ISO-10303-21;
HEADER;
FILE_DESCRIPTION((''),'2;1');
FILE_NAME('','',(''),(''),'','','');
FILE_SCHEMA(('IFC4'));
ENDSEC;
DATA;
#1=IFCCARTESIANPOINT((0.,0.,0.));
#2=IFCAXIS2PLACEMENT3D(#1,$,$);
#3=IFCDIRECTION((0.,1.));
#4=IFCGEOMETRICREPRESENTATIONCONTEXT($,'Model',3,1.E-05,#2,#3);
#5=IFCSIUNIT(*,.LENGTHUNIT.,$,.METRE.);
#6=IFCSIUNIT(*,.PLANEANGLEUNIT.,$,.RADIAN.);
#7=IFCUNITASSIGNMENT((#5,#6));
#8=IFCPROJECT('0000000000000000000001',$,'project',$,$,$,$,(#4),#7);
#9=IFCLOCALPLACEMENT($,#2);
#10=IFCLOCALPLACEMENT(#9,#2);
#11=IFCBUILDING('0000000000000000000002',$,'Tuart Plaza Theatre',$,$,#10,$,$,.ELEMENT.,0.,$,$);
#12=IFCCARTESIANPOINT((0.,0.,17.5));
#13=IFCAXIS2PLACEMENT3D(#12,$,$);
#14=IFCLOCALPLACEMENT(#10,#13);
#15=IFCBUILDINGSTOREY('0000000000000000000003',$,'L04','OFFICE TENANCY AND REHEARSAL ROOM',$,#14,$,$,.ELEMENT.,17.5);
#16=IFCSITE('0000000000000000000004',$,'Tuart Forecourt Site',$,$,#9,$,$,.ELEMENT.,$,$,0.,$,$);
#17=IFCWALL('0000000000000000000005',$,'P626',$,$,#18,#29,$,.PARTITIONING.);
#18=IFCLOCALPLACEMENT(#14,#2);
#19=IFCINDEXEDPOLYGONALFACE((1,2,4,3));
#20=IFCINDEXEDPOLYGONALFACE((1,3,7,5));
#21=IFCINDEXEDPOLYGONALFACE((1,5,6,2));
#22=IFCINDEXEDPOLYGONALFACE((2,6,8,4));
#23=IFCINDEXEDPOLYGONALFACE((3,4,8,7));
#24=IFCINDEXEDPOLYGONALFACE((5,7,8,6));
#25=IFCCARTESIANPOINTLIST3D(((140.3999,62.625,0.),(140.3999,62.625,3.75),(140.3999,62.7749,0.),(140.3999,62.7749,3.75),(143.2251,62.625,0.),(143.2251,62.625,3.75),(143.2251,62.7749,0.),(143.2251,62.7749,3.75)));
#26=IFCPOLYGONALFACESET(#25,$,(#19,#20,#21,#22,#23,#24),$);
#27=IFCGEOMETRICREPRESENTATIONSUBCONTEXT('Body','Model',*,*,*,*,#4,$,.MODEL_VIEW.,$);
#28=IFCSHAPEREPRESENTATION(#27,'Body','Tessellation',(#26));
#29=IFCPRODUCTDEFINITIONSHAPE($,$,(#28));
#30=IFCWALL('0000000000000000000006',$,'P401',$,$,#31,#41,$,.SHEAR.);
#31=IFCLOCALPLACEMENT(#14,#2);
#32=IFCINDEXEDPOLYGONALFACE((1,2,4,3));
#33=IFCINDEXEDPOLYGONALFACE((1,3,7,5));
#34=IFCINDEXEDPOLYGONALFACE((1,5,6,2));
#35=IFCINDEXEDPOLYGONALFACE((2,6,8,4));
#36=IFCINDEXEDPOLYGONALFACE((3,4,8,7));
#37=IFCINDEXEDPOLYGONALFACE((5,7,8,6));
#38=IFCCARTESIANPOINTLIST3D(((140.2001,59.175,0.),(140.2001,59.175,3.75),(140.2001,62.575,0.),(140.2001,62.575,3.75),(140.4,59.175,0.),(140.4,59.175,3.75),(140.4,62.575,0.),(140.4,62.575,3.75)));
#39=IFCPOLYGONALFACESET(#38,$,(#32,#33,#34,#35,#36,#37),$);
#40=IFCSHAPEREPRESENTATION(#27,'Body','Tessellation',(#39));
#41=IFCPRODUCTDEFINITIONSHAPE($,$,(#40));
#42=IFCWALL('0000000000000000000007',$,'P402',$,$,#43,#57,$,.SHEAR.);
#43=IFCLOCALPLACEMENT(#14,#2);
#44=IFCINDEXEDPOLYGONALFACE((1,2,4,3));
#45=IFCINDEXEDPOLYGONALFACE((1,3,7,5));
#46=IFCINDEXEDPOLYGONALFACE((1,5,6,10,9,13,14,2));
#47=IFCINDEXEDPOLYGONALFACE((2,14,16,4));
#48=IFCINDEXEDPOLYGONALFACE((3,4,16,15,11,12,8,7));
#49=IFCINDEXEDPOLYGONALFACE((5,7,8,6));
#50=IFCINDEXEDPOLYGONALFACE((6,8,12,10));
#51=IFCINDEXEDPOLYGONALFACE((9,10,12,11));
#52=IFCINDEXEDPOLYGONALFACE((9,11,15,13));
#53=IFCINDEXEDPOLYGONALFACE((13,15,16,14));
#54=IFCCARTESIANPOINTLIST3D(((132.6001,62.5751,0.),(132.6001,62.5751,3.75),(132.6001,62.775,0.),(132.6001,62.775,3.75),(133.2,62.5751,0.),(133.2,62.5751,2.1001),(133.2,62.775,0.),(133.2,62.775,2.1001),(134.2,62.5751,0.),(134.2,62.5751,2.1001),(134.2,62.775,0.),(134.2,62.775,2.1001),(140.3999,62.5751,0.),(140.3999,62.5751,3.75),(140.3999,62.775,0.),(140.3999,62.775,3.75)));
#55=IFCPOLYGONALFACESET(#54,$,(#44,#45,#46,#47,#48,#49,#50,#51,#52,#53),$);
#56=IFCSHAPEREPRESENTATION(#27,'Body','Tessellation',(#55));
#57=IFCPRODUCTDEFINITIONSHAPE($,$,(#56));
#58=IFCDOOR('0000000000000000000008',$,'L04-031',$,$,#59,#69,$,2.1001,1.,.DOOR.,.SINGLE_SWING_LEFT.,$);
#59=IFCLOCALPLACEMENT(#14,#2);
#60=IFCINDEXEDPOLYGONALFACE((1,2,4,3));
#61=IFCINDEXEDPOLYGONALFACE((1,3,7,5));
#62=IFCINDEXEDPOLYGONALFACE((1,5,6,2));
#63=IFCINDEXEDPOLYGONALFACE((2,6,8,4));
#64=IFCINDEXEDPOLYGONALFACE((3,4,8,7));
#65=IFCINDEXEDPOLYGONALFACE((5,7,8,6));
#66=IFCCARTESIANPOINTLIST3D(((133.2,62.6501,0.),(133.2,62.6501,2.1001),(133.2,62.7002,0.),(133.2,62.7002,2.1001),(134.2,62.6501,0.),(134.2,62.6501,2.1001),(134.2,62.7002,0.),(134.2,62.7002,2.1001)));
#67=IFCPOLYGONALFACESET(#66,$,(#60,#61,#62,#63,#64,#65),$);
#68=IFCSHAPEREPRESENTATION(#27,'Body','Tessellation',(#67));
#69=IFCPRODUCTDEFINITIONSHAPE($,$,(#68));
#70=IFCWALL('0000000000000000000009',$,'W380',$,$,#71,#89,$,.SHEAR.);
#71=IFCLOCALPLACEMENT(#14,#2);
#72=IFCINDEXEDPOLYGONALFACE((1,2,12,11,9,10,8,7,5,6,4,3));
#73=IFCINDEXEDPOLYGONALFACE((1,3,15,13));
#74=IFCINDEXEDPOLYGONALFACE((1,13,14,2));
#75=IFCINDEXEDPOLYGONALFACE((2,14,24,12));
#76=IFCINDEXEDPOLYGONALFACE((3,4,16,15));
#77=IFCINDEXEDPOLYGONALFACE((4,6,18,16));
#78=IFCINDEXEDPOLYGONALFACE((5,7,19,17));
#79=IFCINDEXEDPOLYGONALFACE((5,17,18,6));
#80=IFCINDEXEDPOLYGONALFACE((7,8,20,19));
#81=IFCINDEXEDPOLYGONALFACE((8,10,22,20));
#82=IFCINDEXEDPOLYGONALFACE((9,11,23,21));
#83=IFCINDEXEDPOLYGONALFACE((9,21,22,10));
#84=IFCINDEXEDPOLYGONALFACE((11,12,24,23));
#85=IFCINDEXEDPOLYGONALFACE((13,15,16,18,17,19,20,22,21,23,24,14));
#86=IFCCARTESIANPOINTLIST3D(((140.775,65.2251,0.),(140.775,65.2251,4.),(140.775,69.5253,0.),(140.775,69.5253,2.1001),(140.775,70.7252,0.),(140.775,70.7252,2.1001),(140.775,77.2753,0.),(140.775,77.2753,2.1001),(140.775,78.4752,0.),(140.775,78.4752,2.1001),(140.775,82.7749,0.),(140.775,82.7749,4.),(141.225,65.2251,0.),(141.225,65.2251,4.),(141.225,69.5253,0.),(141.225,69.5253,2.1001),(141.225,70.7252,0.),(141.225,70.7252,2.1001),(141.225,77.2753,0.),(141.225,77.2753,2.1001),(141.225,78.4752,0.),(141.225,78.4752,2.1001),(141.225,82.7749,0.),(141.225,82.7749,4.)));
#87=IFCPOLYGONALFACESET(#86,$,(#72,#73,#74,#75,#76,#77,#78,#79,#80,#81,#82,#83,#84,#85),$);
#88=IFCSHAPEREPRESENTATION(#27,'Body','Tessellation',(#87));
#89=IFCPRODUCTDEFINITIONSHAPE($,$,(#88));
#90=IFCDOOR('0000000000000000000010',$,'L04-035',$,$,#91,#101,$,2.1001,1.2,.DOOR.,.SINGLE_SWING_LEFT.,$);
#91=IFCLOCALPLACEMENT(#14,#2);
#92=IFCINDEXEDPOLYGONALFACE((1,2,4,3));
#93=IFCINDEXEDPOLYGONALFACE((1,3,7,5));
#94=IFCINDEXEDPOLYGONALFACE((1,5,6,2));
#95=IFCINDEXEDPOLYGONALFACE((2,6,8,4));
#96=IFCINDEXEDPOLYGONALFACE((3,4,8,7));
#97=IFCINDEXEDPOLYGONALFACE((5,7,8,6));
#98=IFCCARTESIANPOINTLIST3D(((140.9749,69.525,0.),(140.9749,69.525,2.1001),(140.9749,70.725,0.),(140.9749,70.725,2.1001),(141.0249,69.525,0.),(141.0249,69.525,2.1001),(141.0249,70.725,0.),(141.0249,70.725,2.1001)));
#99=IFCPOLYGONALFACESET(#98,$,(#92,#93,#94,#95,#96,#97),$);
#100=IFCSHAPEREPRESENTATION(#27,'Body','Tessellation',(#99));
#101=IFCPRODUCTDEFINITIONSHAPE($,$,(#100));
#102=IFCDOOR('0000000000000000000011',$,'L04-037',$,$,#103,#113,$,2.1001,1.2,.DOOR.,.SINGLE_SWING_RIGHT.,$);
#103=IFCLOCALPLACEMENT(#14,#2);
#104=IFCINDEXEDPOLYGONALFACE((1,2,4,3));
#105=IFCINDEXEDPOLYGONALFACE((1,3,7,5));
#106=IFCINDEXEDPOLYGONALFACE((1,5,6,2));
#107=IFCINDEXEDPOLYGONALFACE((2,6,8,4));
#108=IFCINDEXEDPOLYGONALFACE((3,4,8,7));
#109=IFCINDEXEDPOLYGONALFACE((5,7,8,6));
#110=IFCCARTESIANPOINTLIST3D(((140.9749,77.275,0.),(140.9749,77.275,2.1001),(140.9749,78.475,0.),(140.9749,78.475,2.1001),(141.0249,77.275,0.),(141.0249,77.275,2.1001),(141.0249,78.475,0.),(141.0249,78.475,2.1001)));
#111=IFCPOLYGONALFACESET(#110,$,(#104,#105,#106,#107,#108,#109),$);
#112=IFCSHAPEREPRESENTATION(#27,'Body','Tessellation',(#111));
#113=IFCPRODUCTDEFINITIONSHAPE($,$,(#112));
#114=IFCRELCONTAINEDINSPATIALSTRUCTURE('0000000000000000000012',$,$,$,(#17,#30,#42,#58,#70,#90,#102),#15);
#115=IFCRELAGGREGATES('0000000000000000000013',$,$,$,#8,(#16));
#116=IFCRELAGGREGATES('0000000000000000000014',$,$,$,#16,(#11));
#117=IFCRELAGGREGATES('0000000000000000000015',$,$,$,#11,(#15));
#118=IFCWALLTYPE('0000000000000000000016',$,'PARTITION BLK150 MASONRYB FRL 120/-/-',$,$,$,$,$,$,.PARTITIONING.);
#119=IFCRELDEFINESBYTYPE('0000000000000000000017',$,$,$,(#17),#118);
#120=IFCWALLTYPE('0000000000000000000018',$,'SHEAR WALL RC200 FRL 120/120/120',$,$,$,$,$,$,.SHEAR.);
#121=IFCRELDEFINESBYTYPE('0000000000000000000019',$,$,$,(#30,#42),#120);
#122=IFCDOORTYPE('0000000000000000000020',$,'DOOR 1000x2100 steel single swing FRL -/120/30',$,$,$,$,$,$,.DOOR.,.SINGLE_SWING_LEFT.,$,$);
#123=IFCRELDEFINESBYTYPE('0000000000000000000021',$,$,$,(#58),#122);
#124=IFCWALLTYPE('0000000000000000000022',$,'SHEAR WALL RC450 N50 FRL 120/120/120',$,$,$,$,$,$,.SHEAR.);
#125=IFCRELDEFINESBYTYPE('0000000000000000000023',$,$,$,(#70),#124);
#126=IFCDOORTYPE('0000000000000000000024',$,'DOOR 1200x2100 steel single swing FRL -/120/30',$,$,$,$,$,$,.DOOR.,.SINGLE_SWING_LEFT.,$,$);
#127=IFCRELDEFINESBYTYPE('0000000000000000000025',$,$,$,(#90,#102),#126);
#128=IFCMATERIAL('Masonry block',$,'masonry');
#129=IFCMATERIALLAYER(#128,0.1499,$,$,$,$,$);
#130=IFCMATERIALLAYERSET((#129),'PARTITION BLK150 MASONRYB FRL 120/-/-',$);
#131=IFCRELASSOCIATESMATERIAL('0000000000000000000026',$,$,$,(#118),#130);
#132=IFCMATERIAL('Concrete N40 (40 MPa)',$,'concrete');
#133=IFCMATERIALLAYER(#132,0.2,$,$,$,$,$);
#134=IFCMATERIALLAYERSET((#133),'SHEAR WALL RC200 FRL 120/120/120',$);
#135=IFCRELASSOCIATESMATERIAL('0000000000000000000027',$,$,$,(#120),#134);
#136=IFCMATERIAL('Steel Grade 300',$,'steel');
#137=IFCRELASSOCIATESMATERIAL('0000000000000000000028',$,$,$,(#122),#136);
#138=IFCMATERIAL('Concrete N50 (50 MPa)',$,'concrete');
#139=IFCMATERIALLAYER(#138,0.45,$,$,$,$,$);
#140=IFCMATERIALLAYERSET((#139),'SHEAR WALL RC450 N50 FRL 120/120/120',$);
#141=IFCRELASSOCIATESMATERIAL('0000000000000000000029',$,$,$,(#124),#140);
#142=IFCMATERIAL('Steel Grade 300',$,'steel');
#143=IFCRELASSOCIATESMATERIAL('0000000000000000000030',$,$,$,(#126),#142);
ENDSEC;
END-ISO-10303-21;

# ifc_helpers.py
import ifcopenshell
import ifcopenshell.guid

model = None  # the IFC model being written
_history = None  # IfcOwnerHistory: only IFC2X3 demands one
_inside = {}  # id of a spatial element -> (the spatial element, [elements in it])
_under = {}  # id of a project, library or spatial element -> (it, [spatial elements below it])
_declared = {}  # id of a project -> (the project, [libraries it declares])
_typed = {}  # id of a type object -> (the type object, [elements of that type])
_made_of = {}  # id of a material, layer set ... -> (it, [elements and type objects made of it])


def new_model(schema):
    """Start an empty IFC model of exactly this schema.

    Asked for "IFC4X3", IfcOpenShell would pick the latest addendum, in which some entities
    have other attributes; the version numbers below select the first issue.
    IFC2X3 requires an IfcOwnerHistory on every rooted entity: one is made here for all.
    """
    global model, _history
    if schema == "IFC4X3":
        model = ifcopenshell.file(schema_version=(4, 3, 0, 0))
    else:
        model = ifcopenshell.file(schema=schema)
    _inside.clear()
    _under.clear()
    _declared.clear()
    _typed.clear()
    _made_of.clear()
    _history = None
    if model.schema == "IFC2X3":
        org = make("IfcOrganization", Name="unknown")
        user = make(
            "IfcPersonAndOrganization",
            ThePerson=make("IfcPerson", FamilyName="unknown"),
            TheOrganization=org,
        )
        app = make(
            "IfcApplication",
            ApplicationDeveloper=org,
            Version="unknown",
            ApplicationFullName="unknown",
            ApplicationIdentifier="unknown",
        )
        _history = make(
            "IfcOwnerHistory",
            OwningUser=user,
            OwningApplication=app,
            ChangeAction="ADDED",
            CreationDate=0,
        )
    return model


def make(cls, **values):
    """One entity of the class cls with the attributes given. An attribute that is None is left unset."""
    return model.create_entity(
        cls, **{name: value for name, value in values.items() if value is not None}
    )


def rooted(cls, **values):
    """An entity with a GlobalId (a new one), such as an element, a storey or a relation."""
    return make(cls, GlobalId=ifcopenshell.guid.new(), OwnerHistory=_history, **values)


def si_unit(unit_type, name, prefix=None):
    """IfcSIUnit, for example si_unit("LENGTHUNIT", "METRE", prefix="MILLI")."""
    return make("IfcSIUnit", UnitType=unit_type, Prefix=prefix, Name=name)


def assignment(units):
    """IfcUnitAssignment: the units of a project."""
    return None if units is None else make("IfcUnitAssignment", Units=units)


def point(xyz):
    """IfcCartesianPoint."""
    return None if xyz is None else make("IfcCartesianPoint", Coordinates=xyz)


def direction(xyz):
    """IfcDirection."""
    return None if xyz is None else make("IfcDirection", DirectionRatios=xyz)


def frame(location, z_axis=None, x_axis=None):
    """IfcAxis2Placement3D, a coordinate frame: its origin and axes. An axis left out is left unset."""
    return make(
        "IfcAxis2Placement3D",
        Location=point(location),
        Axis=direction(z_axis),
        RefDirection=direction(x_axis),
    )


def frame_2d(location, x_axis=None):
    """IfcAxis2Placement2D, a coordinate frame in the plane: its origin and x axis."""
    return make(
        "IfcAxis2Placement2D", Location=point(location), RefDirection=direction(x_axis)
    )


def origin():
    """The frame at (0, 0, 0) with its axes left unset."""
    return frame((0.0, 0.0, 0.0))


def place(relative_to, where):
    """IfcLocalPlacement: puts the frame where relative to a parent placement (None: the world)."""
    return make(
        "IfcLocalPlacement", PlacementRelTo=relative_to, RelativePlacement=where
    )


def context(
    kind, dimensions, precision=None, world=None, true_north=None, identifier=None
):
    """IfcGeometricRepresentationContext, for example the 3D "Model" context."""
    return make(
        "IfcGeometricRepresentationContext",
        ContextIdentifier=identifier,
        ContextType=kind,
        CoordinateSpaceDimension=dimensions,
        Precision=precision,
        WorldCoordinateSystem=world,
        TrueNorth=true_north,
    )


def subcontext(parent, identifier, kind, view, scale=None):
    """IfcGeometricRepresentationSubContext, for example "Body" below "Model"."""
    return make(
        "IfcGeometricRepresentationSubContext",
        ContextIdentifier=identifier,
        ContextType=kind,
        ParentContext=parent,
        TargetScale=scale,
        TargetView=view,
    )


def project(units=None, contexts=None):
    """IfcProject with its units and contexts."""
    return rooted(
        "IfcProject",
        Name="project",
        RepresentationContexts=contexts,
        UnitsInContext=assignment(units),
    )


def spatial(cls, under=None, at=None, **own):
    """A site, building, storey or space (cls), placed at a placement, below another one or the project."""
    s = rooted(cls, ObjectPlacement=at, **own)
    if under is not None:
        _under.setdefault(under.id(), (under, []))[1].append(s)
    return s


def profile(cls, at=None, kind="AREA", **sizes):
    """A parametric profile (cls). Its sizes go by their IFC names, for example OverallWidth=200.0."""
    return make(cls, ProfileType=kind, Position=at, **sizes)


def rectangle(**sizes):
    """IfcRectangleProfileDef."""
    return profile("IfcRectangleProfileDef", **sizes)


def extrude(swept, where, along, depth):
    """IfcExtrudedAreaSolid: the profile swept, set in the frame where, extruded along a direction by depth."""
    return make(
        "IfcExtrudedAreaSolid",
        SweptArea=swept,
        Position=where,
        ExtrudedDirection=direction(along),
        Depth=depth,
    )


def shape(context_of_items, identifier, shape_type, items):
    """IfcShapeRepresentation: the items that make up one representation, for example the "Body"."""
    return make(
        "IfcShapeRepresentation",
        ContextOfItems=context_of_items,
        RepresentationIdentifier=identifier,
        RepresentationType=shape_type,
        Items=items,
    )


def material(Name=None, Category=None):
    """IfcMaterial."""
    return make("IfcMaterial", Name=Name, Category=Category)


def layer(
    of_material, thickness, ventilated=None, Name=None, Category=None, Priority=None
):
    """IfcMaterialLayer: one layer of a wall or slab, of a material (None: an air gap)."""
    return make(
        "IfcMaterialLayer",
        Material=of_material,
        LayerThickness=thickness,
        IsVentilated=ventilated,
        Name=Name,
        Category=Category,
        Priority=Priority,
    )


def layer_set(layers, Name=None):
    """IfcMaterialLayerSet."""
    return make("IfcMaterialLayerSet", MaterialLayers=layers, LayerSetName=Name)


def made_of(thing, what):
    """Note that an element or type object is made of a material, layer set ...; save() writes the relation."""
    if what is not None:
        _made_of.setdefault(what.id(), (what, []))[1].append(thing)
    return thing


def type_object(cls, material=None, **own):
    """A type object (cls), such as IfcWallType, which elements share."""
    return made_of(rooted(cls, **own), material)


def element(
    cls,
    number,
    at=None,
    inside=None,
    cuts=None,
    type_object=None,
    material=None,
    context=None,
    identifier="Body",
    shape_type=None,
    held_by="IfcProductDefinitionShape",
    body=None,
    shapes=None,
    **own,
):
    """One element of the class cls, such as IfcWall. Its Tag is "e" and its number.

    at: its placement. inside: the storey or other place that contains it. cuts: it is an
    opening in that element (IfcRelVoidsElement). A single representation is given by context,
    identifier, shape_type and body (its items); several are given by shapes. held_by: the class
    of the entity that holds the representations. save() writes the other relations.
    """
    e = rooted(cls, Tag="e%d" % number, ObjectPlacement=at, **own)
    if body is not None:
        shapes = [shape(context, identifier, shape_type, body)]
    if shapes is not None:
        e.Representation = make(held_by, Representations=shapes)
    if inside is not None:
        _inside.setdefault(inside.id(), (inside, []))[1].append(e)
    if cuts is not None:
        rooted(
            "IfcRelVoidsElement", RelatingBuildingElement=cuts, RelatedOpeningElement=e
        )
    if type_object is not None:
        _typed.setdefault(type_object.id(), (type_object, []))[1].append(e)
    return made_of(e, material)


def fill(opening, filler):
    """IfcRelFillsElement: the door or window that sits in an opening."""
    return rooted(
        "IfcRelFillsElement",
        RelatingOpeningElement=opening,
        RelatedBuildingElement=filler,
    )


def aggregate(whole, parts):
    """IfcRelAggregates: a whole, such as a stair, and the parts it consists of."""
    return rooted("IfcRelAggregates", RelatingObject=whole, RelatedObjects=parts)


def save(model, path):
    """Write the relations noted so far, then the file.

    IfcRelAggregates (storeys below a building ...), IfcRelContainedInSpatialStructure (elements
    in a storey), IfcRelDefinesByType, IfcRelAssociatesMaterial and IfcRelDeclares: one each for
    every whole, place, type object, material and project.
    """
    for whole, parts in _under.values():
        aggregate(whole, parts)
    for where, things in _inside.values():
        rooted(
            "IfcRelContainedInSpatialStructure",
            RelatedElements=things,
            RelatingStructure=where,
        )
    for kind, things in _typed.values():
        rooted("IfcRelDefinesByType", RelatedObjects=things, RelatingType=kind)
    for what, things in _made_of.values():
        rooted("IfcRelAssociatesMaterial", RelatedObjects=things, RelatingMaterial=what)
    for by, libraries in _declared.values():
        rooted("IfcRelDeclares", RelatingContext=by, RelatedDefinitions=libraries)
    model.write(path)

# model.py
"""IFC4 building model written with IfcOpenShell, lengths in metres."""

from ifc_helpers import new_model, si_unit, direction, frame, frame_2d, origin, place, context, subcontext, project, spatial, rectangle, extrude, material, layer, layer_set, type_object, element, fill, save


model = new_model("IFC4")

# Units and contexts
model_context = context("Model", 3, precision=1e-05, world=origin(), true_north=direction((0.0, 1.0)))
body_context = subcontext(model_context, "Body", "Model", "MODEL_VIEW")
ifc_project = project(units=[si_unit("LENGTHUNIT", "METRE"), si_unit("PLANEANGLEUNIT", "RADIAN")], contexts=[model_context])

# Site, building, storey
site_placement = place(None, origin())
site = spatial("IfcSite", under=ifc_project, at=site_placement, Name="Tuart Forecourt Site", CompositionType="ELEMENT", RefElevation=0.0)
building_placement = place(site_placement, origin())
building = spatial("IfcBuilding", under=site, at=building_placement, Name="Tuart Plaza Theatre", CompositionType="ELEMENT", ElevationOfRefHeight=0.0)
storey_placement = place(building_placement, frame((0.0, 0.0, 17.5)))
storey = spatial("IfcBuildingStorey", under=building, at=storey_placement, Name="L04", Description="OFFICE TENANCY AND REHEARSAL ROOM", CompositionType="ELEMENT", Elevation=17.5)

# Walls
ifc_material_1 = material(Name="Masonry block", Category="masonry")
ifc_layer_1 = layer(ifc_material_1, 0.1499)
ifc_layer_set_1 = layer_set([ifc_layer_1], Name="PARTITION BLK150 MASONRYB FRL 120/-/-")
wall_type_1 = type_object("IfcWallType", Name="PARTITION BLK150 MASONRYB FRL 120/-/-", PredefinedType="PARTITIONING", material=ifc_layer_set_1)
wall_1_placement = place(storey_placement, frame((143.2251, 62.7, 0.0), z_axis=(0.0, 0.0, 1.0), x_axis=(-1.0, 0.0, 0.0)))
element("IfcWall", 1, at=wall_1_placement, inside=storey, type_object=wall_type_1, Name="P626", PredefinedType="PARTITIONING", context=body_context, shape_type="SweptSolid", body=[
    extrude(rectangle(XDim=2.8252, YDim=0.1499, at=frame_2d((1.4126, 0.0))), origin(), (0.0, 0.0, 1.0), 3.75),
])
ifc_material_2 = material(Name="Concrete N40 (40 MPa)", Category="concrete")
ifc_layer_2 = layer(ifc_material_2, 0.2)
ifc_layer_set_2 = layer_set([ifc_layer_2], Name="SHEAR WALL RC200 FRL 120/120/120")
wall_type_2 = type_object("IfcWallType", Name="SHEAR WALL RC200 FRL 120/120/120", PredefinedType="SHEAR", material=ifc_layer_set_2)
wall_2_placement = place(storey_placement, frame((140.3, 59.175, 0.0), z_axis=(0.0, 0.0, 1.0), x_axis=(0.0, 1.0, 0.0)))
element("IfcWall", 2, at=wall_2_placement, inside=storey, type_object=wall_type_2, Name="P401", PredefinedType="SHEAR", context=body_context, shape_type="SweptSolid", body=[
    extrude(rectangle(XDim=3.3999, YDim=0.2, at=frame_2d((1.7, 0.0))), origin(), (0.0, 0.0, 1.0), 3.75),
])

# Wall, opening, door
wall_3_placement = place(storey_placement, frame((140.3999, 62.675, 0.0), z_axis=(0.0, 0.0, 1.0), x_axis=(-1.0, 0.0, 0.0)))
wall_3 = element("IfcWall", 3, at=wall_3_placement, inside=storey, type_object=wall_type_2, Name="P402", PredefinedType="SHEAR", context=body_context, shape_type="SweptSolid", body=[
    extrude(rectangle(XDim=7.7998, YDim=0.2, at=frame_2d((3.8999, 0.0))), origin(), (0.0, 0.0, 1.0), 3.75),
])
opening_1_placement = place(wall_3_placement, frame((6.2, 0.0, 0.0)))
opening_1 = element("IfcOpeningElement", 4, at=opening_1_placement, cuts=wall_3, PredefinedType="OPENING", context=body_context, shape_type="SweptSolid", body=[
    extrude(rectangle(XDim=1.0, YDim=2.1001, at=frame_2d((0.5, 1.05))), frame((0.0, 0.1099, 0.0), z_axis=(0.0, -1.0, 0.0), x_axis=(1.0, 0.0, 0.0)), (0.0, 0.0, 1.0), 0.22),
])
ifc_material_3 = material(Name="Steel Grade 300", Category="steel")
door_type_1 = type_object("IfcDoorType", Name="DOOR 1000x2100 steel single swing FRL -/120/30", OperationType="SINGLE_SWING_LEFT", PredefinedType="DOOR", material=ifc_material_3)
door_1_placement = place(opening_1_placement, origin())
door_1 = element("IfcDoor", 5, at=door_1_placement, inside=storey, type_object=door_type_1, Name="L04-031", OperationType="SINGLE_SWING_LEFT", OverallHeight=2.1001, OverallWidth=1.0, PredefinedType="DOOR", context=body_context, shape_type="SweptSolid", body=[
    extrude(rectangle(XDim=1.0, YDim=2.1001, at=frame_2d((0.5, 1.05))), frame((0.0, 0.0249, 0.0), z_axis=(0.0, -1.0, 0.0), x_axis=(1.0, 0.0, 0.0)), (0.0, 0.0, 1.0), 0.05),
])
fill(opening_1, door_1)

# Wall, openings, doors
ifc_material_4 = material(Name="Concrete N50 (50 MPa)", Category="concrete")
ifc_layer_3 = layer(ifc_material_4, 0.45)
ifc_layer_set_3 = layer_set([ifc_layer_3], Name="SHEAR WALL RC450 N50 FRL 120/120/120")
wall_type_3 = type_object("IfcWallType", Name="SHEAR WALL RC450 N50 FRL 120/120/120", PredefinedType="SHEAR", material=ifc_layer_set_3)
wall_4_placement = place(storey_placement, frame((141.0, 65.2251, 0.0), z_axis=(0.0, 0.0, 1.0), x_axis=(0.0, 1.0, 0.0)))
wall_4 = element("IfcWall", 6, at=wall_4_placement, inside=storey, type_object=wall_type_3, Name="W380", PredefinedType="SHEAR", context=body_context, shape_type="SweptSolid", body=[
    extrude(rectangle(XDim=17.5498, YDim=0.45, at=frame_2d((8.7749, 0.0))), origin(), (0.0, 0.0, 1.0), 4.0),
])
opening_2_placement = place(wall_4_placement, frame((4.3, 0.0, 0.0)))
opening_2 = element("IfcOpeningElement", 7, at=opening_2_placement, cuts=wall_4, PredefinedType="OPENING", context=body_context, shape_type="SweptSolid", body=[
    extrude(rectangle(XDim=1.2, YDim=2.1001, at=frame_2d((0.6001, 1.05))), frame((0.0, 0.2349, 0.0), z_axis=(0.0, -1.0, 0.0), x_axis=(1.0, 0.0, 0.0)), (0.0, 0.0, 1.0), 0.47),
])
opening_3_placement = place(wall_4_placement, frame((12.05, 0.0, 0.0)))
opening_3 = element("IfcOpeningElement", 8, at=opening_3_placement, cuts=wall_4, PredefinedType="OPENING", context=body_context, shape_type="SweptSolid", body=[
    extrude(rectangle(XDim=1.2, YDim=2.1001, at=frame_2d((0.6001, 1.05))), frame((0.0, 0.2349, 0.0), z_axis=(0.0, -1.0, 0.0), x_axis=(1.0, 0.0, 0.0)), (0.0, 0.0, 1.0), 0.47),
])
ifc_material_5 = material(Name="Steel Grade 300", Category="steel")
door_type_2 = type_object("IfcDoorType", Name="DOOR 1200x2100 steel single swing FRL -/120/30", OperationType="SINGLE_SWING_LEFT", PredefinedType="DOOR", material=ifc_material_5)
door_2_placement = place(opening_2_placement, frame((1.2, 0.0, 0.0), z_axis=(0.0, 0.0, 1.0), x_axis=(-1.0, 0.0, 0.0)))
door_2 = element("IfcDoor", 9, at=door_2_placement, inside=storey, type_object=door_type_2, Name="L04-035", OperationType="SINGLE_SWING_LEFT", OverallHeight=2.1001, OverallWidth=1.2, PredefinedType="DOOR", context=body_context, shape_type="SweptSolid", body=[
    extrude(rectangle(XDim=1.2, YDim=2.1001, at=frame_2d((0.6001, 1.05))), frame((0.0, 0.0249, 0.0), z_axis=(0.0, -1.0, 0.0), x_axis=(1.0, 0.0, 0.0)), (0.0, 0.0, 1.0), 0.05),
])
fill(opening_2, door_2)
door_3_placement = place(opening_3_placement, frame((1.2, 0.0, 0.0), z_axis=(0.0, 0.0, 1.0), x_axis=(-1.0, 0.0, 0.0)))
door_3 = element("IfcDoor", 10, at=door_3_placement, inside=storey, type_object=door_type_2, Name="L04-037", OperationType="SINGLE_SWING_RIGHT", OverallHeight=2.1001, OverallWidth=1.2, PredefinedType="DOOR", context=body_context, shape_type="SweptSolid", body=[
    extrude(rectangle(XDim=1.2, YDim=2.1001, at=frame_2d((0.6001, 1.05))), frame((0.0, 0.0249, 0.0), z_axis=(0.0, -1.0, 0.0), x_axis=(1.0, 0.0, 0.0)), (0.0, 0.0, 1.0), 0.05),
])
fill(opening_3, door_3)

save(model, "model.ifc")
